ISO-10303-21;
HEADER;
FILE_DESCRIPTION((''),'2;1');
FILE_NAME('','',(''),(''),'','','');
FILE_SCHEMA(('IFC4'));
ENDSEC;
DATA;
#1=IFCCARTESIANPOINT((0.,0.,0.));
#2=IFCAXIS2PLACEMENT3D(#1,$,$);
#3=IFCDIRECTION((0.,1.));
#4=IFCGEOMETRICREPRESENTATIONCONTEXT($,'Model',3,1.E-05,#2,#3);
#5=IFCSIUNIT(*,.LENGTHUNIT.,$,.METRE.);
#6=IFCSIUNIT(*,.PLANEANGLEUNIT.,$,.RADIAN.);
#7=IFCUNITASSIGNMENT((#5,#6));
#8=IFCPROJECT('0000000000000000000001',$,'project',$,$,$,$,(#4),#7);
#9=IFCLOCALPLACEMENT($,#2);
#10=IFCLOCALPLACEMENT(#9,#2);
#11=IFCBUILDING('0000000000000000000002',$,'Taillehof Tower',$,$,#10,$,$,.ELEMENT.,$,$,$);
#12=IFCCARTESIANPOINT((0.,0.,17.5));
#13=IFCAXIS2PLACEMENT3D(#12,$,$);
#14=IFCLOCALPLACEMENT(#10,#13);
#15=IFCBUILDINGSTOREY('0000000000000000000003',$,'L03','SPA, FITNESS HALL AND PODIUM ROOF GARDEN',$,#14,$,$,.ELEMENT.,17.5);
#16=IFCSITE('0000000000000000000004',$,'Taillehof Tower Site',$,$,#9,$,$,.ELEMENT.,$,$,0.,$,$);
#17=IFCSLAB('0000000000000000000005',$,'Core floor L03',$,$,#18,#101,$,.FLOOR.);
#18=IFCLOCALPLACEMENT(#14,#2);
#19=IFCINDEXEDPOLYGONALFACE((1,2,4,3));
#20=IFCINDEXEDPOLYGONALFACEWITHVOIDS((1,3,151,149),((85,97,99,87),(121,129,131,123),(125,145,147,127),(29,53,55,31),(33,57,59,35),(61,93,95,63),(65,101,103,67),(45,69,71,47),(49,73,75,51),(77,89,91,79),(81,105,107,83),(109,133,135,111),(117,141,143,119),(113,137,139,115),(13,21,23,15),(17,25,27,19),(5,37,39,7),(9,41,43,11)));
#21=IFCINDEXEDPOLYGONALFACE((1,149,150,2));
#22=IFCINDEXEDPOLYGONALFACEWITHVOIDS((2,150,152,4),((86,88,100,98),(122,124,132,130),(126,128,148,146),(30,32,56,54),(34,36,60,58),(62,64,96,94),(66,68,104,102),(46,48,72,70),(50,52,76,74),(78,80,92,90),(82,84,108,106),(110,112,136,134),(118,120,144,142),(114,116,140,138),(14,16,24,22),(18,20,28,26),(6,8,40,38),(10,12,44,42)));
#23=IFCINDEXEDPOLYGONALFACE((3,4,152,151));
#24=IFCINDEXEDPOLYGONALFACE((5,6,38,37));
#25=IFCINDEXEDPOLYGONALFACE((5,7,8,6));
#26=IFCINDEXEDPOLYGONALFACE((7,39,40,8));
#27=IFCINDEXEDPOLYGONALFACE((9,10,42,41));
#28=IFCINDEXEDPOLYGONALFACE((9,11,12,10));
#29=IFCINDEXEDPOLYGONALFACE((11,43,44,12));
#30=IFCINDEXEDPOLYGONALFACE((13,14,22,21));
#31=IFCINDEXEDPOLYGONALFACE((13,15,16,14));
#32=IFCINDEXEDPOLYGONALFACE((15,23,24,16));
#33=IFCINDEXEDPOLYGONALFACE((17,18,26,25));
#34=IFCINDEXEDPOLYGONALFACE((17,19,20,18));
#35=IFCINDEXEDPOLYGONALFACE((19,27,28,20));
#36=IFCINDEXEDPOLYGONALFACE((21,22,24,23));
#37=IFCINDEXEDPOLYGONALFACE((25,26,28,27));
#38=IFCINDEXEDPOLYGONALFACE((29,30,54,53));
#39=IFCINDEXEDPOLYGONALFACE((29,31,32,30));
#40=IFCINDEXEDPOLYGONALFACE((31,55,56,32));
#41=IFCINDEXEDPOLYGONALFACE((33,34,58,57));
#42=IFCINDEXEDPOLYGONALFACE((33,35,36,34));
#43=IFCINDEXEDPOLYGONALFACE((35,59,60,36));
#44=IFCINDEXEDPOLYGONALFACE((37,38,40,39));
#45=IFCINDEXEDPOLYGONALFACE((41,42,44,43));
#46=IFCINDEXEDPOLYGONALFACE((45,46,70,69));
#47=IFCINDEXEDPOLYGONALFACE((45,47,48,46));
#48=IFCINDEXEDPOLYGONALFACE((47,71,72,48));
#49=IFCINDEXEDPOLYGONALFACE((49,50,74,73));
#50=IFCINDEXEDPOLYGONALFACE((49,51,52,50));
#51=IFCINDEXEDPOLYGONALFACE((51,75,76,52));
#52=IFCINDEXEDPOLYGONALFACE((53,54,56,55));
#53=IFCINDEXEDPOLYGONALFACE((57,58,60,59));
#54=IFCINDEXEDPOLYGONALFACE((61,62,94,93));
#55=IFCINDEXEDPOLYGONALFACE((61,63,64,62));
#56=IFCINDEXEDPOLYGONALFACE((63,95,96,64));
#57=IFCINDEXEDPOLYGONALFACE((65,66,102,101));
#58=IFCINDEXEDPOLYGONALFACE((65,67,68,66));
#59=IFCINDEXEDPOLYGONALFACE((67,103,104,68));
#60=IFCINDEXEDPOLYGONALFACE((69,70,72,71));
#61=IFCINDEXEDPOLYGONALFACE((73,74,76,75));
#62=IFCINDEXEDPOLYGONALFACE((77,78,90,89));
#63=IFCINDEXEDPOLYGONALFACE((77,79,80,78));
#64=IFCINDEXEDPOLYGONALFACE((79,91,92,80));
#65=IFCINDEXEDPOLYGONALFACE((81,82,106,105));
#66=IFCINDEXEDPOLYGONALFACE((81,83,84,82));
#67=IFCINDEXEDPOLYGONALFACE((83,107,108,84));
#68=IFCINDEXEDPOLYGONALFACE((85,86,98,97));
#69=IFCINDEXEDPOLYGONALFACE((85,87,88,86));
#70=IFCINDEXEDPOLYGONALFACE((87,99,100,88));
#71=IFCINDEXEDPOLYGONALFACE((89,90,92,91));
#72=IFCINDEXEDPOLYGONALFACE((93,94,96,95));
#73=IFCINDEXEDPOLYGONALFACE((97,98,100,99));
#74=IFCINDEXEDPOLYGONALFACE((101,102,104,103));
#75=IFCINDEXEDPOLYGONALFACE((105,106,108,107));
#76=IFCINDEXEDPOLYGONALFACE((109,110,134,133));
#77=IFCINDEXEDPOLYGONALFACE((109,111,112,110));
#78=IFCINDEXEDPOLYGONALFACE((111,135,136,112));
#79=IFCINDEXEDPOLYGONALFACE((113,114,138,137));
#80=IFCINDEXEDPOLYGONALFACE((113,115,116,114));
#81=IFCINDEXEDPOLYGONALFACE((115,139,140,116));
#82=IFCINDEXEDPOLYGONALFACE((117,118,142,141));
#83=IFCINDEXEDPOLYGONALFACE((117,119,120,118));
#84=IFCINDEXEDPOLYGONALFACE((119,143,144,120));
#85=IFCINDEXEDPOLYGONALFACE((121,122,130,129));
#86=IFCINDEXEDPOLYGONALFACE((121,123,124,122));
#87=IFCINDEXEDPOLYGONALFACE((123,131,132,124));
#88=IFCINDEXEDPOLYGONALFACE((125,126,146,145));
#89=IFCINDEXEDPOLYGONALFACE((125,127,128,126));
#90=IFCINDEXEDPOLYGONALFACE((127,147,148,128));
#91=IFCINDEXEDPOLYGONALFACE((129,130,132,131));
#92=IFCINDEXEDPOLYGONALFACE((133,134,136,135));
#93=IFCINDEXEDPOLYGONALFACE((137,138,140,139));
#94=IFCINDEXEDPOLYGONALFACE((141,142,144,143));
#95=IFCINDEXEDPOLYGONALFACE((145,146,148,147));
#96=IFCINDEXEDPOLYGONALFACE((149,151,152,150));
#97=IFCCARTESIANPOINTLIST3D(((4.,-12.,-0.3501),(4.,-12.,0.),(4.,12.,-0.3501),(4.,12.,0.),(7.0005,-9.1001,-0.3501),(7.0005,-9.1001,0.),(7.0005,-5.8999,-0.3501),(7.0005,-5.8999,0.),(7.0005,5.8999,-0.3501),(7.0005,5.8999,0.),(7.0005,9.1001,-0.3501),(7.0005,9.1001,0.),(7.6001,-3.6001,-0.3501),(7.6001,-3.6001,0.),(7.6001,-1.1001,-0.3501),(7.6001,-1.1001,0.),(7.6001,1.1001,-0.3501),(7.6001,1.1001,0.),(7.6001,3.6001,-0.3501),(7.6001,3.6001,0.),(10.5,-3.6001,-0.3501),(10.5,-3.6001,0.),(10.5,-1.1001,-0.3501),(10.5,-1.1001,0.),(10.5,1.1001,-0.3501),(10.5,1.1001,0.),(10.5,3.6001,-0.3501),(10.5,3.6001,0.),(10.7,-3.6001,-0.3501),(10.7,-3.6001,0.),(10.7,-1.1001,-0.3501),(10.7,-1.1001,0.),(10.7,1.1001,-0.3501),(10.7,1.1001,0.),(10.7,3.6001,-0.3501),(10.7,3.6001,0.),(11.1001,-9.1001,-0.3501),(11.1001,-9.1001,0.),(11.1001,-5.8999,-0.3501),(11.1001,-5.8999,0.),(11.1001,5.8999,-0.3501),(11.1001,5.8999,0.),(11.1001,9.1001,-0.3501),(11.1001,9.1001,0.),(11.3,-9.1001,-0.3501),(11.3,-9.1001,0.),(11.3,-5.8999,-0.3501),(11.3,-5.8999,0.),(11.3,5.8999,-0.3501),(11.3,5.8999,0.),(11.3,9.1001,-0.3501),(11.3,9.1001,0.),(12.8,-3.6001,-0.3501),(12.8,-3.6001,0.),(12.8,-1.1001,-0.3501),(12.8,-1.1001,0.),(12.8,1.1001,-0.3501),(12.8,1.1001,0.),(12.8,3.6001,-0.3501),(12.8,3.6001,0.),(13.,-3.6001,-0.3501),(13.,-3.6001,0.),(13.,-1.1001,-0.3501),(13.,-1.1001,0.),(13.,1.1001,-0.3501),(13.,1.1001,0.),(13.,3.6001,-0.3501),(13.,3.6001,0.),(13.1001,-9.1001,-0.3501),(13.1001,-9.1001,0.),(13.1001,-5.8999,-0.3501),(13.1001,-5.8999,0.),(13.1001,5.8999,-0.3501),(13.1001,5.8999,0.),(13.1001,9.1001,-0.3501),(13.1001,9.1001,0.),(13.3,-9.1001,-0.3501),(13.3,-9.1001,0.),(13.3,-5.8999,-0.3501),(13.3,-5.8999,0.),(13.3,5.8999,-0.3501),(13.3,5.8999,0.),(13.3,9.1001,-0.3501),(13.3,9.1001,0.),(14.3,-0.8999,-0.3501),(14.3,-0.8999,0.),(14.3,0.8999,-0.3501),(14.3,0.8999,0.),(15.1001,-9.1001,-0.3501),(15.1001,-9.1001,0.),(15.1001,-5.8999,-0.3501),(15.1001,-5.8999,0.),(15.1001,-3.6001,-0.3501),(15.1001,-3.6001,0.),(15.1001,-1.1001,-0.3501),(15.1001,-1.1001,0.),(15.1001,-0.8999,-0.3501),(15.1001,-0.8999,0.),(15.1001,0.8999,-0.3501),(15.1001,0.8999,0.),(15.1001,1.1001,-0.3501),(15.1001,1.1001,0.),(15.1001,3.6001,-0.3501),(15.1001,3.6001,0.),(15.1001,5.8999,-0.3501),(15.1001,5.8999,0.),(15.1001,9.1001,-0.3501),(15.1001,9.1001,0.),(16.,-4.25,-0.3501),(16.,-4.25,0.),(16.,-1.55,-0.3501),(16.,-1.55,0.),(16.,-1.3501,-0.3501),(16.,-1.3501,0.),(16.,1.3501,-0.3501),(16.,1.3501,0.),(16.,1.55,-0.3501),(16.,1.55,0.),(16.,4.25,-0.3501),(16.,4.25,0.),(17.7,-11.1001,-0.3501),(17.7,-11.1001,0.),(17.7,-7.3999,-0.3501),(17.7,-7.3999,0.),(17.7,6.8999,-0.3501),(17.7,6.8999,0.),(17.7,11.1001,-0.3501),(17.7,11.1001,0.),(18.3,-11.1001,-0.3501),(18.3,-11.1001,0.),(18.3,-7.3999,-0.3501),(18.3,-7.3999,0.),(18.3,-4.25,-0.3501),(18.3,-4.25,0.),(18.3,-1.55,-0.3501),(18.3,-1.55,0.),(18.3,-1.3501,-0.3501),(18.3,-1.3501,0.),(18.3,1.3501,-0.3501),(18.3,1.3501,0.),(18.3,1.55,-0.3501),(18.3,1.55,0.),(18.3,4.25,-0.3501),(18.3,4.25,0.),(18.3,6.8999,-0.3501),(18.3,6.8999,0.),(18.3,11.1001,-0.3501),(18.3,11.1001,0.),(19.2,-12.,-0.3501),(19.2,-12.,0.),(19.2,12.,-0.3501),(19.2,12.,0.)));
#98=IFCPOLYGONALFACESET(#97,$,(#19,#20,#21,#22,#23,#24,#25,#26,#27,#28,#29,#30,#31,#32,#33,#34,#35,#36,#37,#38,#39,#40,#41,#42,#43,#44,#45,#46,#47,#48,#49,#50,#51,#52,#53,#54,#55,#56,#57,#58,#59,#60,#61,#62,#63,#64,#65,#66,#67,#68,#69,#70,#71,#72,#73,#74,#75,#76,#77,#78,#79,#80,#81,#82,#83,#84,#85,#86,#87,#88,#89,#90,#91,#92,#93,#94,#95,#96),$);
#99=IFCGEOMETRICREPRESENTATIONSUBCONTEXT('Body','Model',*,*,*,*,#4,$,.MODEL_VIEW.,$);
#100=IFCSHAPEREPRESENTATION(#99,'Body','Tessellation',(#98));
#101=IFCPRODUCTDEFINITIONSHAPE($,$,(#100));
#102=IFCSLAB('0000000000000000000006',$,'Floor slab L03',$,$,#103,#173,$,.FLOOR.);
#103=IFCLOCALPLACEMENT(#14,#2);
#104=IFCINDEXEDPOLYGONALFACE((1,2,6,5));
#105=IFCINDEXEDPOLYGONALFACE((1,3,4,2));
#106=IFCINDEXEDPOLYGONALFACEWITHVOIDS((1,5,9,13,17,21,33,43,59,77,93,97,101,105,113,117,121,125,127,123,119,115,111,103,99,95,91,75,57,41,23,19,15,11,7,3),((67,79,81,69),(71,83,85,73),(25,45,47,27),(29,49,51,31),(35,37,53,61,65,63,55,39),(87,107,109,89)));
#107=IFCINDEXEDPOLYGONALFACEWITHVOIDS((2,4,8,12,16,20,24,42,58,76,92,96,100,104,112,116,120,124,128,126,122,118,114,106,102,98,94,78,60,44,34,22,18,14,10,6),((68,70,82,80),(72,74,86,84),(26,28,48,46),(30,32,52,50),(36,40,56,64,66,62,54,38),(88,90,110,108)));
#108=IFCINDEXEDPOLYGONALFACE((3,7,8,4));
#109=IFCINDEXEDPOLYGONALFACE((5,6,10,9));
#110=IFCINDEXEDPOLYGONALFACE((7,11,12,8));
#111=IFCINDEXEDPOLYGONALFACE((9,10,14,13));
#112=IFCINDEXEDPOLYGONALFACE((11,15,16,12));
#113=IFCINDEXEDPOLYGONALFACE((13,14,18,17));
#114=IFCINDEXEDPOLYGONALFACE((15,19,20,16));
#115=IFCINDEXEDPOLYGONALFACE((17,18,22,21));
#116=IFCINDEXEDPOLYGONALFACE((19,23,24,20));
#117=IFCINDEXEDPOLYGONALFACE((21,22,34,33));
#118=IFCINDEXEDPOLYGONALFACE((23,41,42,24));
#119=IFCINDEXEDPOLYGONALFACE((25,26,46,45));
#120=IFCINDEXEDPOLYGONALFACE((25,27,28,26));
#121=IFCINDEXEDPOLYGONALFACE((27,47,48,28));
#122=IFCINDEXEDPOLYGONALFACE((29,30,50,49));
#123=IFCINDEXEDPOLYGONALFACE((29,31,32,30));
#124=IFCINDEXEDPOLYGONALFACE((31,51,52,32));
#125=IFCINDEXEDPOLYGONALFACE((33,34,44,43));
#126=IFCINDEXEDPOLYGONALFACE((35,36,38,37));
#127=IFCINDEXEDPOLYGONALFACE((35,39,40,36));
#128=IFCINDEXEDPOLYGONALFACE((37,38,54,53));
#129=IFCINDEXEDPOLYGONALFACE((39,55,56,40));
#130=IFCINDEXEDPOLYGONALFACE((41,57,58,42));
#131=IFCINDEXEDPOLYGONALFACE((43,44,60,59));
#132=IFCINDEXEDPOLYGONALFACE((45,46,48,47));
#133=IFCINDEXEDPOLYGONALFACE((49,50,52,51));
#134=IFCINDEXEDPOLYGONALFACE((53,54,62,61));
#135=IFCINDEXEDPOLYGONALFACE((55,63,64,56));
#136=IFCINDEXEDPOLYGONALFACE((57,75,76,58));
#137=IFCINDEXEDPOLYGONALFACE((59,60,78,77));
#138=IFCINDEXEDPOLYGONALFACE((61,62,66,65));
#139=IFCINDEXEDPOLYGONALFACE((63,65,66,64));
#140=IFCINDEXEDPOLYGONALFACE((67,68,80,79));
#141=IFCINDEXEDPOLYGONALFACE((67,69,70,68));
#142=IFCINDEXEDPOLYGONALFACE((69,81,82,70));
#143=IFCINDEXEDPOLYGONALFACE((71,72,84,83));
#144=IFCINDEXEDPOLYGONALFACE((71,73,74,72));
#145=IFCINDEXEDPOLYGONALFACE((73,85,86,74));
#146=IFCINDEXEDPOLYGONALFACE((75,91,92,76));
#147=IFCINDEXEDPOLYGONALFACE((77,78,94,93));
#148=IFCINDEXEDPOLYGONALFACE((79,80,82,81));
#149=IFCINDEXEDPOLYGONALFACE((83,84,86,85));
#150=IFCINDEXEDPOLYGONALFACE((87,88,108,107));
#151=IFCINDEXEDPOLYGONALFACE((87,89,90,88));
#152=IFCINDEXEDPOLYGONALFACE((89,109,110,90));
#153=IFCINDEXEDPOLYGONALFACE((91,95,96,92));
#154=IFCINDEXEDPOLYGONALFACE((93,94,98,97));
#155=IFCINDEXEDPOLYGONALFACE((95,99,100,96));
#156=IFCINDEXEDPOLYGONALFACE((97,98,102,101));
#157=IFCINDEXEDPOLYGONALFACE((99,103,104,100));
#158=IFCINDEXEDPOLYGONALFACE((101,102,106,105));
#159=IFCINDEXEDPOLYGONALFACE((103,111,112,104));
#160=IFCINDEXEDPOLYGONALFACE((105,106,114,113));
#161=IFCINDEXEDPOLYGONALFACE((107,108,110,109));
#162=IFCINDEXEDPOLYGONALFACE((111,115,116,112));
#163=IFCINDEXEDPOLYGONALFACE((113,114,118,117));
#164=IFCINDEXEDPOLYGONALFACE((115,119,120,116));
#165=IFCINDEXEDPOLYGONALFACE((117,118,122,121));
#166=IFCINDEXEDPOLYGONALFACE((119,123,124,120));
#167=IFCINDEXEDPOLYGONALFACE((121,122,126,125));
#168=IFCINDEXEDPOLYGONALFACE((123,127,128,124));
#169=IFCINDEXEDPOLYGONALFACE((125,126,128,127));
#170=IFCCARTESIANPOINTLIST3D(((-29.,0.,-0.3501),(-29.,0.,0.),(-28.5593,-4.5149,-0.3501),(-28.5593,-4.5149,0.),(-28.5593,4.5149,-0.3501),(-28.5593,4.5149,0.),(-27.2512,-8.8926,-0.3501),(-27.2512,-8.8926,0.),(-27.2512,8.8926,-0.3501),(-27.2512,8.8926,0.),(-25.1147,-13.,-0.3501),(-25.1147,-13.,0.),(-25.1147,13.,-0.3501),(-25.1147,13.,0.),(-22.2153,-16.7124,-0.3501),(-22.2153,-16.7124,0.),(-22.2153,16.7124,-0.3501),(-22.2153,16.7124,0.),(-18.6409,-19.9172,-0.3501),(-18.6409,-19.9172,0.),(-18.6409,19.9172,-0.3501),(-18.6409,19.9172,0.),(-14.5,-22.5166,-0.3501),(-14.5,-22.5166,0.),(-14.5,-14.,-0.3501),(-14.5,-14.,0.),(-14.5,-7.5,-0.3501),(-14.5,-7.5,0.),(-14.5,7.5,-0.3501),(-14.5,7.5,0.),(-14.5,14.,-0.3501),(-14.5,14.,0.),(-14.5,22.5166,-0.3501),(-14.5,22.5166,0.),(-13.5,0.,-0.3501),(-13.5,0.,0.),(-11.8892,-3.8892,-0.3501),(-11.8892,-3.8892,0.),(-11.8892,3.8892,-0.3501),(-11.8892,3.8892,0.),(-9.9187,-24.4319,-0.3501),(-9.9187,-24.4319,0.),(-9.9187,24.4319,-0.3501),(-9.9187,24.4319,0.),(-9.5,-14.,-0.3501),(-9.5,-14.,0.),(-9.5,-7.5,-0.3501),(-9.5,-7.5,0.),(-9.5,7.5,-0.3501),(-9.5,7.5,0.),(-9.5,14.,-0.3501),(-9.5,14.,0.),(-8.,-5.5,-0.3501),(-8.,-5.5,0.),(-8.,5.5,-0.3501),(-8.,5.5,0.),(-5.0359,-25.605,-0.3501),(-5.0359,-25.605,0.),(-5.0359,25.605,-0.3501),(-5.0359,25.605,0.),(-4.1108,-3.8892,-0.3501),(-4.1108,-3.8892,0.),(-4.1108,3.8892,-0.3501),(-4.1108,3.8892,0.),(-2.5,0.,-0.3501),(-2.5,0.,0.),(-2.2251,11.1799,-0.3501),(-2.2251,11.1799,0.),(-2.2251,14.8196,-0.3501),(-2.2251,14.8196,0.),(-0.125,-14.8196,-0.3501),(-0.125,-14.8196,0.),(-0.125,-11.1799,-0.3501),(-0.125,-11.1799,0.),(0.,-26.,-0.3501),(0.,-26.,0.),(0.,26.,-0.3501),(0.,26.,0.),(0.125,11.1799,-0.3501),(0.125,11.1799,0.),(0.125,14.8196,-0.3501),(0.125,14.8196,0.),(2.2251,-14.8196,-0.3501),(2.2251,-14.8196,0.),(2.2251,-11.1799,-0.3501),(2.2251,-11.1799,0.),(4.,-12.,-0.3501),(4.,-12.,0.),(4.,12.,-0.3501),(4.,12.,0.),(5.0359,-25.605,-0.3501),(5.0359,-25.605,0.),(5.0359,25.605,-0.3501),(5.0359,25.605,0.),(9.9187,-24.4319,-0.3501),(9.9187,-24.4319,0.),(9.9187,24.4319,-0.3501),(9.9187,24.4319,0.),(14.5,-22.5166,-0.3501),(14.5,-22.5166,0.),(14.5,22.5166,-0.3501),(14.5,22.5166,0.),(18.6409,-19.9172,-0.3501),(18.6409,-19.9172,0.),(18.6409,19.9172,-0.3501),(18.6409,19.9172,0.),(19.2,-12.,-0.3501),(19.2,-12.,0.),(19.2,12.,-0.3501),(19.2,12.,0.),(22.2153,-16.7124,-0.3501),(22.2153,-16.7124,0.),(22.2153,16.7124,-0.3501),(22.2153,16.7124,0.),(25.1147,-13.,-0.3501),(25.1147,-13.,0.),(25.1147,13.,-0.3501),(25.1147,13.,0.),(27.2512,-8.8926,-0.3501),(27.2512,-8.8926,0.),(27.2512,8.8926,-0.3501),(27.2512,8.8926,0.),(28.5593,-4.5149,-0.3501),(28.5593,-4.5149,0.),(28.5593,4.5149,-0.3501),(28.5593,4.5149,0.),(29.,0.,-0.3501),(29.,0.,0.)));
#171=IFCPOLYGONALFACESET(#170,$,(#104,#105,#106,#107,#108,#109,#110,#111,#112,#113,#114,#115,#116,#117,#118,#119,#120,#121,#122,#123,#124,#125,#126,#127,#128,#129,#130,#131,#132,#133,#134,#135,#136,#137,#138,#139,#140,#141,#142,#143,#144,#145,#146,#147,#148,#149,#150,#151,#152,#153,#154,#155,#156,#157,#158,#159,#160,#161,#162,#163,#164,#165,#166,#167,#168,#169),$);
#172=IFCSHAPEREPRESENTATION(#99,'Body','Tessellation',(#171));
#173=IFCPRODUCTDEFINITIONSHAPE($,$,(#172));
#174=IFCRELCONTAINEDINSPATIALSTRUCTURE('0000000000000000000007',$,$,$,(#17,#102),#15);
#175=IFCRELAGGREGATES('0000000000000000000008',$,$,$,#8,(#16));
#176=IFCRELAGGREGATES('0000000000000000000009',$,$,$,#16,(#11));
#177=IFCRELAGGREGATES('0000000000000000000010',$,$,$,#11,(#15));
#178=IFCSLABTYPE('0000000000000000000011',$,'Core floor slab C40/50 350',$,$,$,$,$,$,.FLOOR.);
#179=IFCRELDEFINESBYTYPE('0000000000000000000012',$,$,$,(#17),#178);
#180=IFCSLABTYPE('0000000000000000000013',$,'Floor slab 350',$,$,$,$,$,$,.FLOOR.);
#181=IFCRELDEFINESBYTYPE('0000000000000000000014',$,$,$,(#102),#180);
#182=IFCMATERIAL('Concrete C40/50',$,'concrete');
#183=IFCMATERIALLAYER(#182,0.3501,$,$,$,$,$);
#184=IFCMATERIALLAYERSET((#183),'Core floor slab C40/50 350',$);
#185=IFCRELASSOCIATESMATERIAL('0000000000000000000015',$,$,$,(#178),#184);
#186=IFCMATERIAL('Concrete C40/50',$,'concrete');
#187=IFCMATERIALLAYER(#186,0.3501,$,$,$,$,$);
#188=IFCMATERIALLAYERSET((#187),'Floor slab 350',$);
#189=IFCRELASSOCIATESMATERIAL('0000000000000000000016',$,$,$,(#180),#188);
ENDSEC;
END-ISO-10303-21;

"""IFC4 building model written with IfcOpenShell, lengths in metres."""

from ifc_helpers import new_model, si_unit, direction, frame, origin, place, context, subcontext, project, spatial, polyline, outline, extrude, material, layer, layer_set, type_object, element, save


model = new_model("IFC4")

# Units and contexts
model_context = context("Model", 3, precision=1e-05, world=origin(), true_north=direction((0.0, 1.0)))
body_context = subcontext(model_context, "Body", "Model", "MODEL_VIEW")
ifc_project = project(units=[si_unit("LENGTHUNIT", "METRE"), si_unit("PLANEANGLEUNIT", "RADIAN")], contexts=[model_context])

# Site, building, storey
site_placement = place(None, origin())
site = spatial("IfcSite", under=ifc_project, at=site_placement, Name="Taillehof Tower Site", CompositionType="ELEMENT", RefElevation=0.0)
building_placement = place(site_placement, origin())
building = spatial("IfcBuilding", under=site, at=building_placement, Name="Taillehof Tower", CompositionType="ELEMENT")
storey_placement = place(building_placement, frame((0.0, 0.0, 17.5)))
storey = spatial("IfcBuildingStorey", under=building, at=storey_placement, Name="L03", Description="SPA, FITNESS HALL AND PODIUM ROOF GARDEN", CompositionType="ELEMENT", Elevation=17.5)

# Slabs
ifc_material_1 = material(Name="Concrete C40/50", Category="concrete")
ifc_layer_1 = layer(ifc_material_1, 0.3501)
ifc_layer_set_1 = layer_set([ifc_layer_1], Name="Core floor slab C40/50 350")
slab_type_1 = type_object("IfcSlabType", Name="Core floor slab C40/50 350", PredefinedType="FLOOR", material=ifc_layer_set_1)
slab_1_placement = place(storey_placement, frame((0.0, 0.0, -0.3501)))
element("IfcSlab", 1, at=slab_1_placement, inside=storey, type_object=slab_type_1, Name="Core floor L03", PredefinedType="FLOOR", context=body_context, shape_type="SweptSolid", body=[
    extrude(outline(polyline([(4.0, -12.0), (4.0, 12.0), (19.2, 12.0), (19.2, -12.0), (4.0, -12.0)]), holes=[polyline([(7.0005, -9.1001), (11.1001, -9.1001), (11.1001, -5.8999), (7.0005, -5.8999), (7.0005, -9.1001)]), polyline([(13.1001, -9.1001), (13.1001, -5.8999), (11.3, -5.8999), (11.3, -9.1001), (13.1001, -9.1001)]), polyline([(10.5, -3.6001), (10.5, -1.1001), (7.6001, -1.1001), (7.6001, -3.6001), (10.5, -3.6001)]), polyline([(12.8, -3.6001), (12.8, -1.1001), (10.7, -1.1001), (10.7, -3.6001), (12.8, -3.6001)]), polyline([(10.5, 1.1001), (10.5, 3.6001), (7.6001, 3.6001), (7.6001, 1.1001), (10.5, 1.1001)]), polyline([(12.8, 1.1001), (12.8, 3.6001), (10.7, 3.6001), (10.7, 1.1001), (12.8, 1.1001)]), polyline([(15.1001, 1.1001), (15.1001, 3.6001), (13.0, 3.6001), (13.0, 1.1001), (15.1001, 1.1001)]), polyline([(11.3, 5.8999), (13.1001, 5.8999), (13.1001, 9.1001), (11.3, 9.1001), (11.3, 5.8999)]), polyline([(7.0005, 5.8999), (11.1001, 5.8999), (11.1001, 9.1001), (7.0005, 9.1001), (7.0005, 5.8999)]), polyline([(18.3, -11.1001), (18.3, -7.3999), (17.7, -7.3999), (17.7, -11.1001), (18.3, -11.1001)]), polyline([(15.1001, -9.1001), (15.1001, -5.8999), (13.3, -5.8999), (13.3, -9.1001), (15.1001, -9.1001)]), polyline([(18.3, -4.25), (18.3, -1.55), (16.0, -1.55), (16.0, -4.25), (18.3, -4.25)]), polyline([(15.1001, -3.6001), (15.1001, -1.1001), (13.0, -1.1001), (13.0, -3.6001), (15.1001, -3.6001)]), polyline([(15.1001, -0.8999), (15.1001, 0.8999), (14.3, 0.8999), (14.3, -0.8999), (15.1001, -0.8999)]), polyline([(18.3, -1.3501), (18.3, 1.3501), (16.0, 1.3501), (16.0, -1.3501), (18.3, -1.3501)]), polyline([(18.3, 1.55), (18.3, 4.25), (16.0, 4.25), (16.0, 1.55), (18.3, 1.55)]), polyline([(13.3, 5.8999), (15.1001, 5.8999), (15.1001, 9.1001), (13.3, 9.1001), (13.3, 5.8999)]), polyline([(17.7, 6.8999), (18.3, 6.8999), (18.3, 11.1001), (17.7, 11.1001), (17.7, 6.8999)])]), origin(), (0.0, 0.0, 1.0), 0.3501),
])
ifc_material_2 = material(Name="Concrete C40/50", Category="concrete")
ifc_layer_2 = layer(ifc_material_2, 0.3501)
ifc_layer_set_2 = layer_set([ifc_layer_2], Name="Floor slab 350")
slab_type_2 = type_object("IfcSlabType", Name="Floor slab 350", PredefinedType="FLOOR", material=ifc_layer_set_2)
slab_2_placement = place(storey_placement, frame((0.0, 0.0, -0.3501)))
element("IfcSlab", 2, at=slab_2_placement, inside=storey, type_object=slab_type_2, Name="Floor slab L03", PredefinedType="FLOOR", context=body_context, shape_type="SweptSolid", body=[
    extrude(outline(polyline([(29.0, 0.0), (28.5593, 4.5149), (27.2512, 8.8926), (25.1147, 13.0), (22.2153, 16.7124), (18.6409, 19.9172), (14.5, 22.5166), (9.9187, 24.4319), (5.0359, 25.605), (0.0, 26.0), (-5.0359, 25.605), (-9.9187, 24.4319), (-14.5, 22.5166), (-18.6409, 19.9172), (-22.2153, 16.7124), (-25.1147, 13.0), (-27.2512, 8.8926), (-28.5593, 4.5149), (-29.0, 0.0), (-28.5593, -4.5149), (-27.2512, -8.8926), (-25.1147, -13.0), (-22.2153, -16.7124), (-18.6409, -19.9172), (-14.5, -22.5166), (-9.9187, -24.4319), (-5.0359, -25.605), (0.0, -26.0), (5.0359, -25.605), (9.9187, -24.4319), (14.5, -22.5166), (18.6409, -19.9172), (22.2153, -16.7124), (25.1147, -13.0), (27.2512, -8.8926), (28.5593, -4.5149), (29.0, 0.0)]), holes=[polyline([(2.2251, -11.1799), (2.2251, -14.8196), (-0.125, -14.8196), (-0.125, -11.1799), (2.2251, -11.1799)]), polyline([(-9.5, -7.5), (-9.5, -14.0), (-14.5, -14.0), (-14.5, -7.5), (-9.5, -7.5)]), polyline([(-11.8892, -3.8892), (-13.5, 0.0), (-11.8892, 3.8892), (-8.0, 5.5), (-4.1108, 3.8892), (-2.5, 0.0), (-4.1108, -3.8892), (-8.0, -5.5), (-11.8892, -3.8892)]), polyline([(19.2, 12.0), (19.2, -12.0), (4.0, -12.0), (4.0, 12.0), (19.2, 12.0)]), polyline([(-9.5, 14.0), (-9.5, 7.5), (-14.5, 7.5), (-14.5, 14.0), (-9.5, 14.0)]), polyline([(-2.2251, 14.8196), (0.125, 14.8196), (0.125, 11.1799), (-2.2251, 11.1799), (-2.2251, 14.8196)])]), origin(), (0.0, 0.0, 1.0), 0.3501),
])

save(model, "model.ifc")
